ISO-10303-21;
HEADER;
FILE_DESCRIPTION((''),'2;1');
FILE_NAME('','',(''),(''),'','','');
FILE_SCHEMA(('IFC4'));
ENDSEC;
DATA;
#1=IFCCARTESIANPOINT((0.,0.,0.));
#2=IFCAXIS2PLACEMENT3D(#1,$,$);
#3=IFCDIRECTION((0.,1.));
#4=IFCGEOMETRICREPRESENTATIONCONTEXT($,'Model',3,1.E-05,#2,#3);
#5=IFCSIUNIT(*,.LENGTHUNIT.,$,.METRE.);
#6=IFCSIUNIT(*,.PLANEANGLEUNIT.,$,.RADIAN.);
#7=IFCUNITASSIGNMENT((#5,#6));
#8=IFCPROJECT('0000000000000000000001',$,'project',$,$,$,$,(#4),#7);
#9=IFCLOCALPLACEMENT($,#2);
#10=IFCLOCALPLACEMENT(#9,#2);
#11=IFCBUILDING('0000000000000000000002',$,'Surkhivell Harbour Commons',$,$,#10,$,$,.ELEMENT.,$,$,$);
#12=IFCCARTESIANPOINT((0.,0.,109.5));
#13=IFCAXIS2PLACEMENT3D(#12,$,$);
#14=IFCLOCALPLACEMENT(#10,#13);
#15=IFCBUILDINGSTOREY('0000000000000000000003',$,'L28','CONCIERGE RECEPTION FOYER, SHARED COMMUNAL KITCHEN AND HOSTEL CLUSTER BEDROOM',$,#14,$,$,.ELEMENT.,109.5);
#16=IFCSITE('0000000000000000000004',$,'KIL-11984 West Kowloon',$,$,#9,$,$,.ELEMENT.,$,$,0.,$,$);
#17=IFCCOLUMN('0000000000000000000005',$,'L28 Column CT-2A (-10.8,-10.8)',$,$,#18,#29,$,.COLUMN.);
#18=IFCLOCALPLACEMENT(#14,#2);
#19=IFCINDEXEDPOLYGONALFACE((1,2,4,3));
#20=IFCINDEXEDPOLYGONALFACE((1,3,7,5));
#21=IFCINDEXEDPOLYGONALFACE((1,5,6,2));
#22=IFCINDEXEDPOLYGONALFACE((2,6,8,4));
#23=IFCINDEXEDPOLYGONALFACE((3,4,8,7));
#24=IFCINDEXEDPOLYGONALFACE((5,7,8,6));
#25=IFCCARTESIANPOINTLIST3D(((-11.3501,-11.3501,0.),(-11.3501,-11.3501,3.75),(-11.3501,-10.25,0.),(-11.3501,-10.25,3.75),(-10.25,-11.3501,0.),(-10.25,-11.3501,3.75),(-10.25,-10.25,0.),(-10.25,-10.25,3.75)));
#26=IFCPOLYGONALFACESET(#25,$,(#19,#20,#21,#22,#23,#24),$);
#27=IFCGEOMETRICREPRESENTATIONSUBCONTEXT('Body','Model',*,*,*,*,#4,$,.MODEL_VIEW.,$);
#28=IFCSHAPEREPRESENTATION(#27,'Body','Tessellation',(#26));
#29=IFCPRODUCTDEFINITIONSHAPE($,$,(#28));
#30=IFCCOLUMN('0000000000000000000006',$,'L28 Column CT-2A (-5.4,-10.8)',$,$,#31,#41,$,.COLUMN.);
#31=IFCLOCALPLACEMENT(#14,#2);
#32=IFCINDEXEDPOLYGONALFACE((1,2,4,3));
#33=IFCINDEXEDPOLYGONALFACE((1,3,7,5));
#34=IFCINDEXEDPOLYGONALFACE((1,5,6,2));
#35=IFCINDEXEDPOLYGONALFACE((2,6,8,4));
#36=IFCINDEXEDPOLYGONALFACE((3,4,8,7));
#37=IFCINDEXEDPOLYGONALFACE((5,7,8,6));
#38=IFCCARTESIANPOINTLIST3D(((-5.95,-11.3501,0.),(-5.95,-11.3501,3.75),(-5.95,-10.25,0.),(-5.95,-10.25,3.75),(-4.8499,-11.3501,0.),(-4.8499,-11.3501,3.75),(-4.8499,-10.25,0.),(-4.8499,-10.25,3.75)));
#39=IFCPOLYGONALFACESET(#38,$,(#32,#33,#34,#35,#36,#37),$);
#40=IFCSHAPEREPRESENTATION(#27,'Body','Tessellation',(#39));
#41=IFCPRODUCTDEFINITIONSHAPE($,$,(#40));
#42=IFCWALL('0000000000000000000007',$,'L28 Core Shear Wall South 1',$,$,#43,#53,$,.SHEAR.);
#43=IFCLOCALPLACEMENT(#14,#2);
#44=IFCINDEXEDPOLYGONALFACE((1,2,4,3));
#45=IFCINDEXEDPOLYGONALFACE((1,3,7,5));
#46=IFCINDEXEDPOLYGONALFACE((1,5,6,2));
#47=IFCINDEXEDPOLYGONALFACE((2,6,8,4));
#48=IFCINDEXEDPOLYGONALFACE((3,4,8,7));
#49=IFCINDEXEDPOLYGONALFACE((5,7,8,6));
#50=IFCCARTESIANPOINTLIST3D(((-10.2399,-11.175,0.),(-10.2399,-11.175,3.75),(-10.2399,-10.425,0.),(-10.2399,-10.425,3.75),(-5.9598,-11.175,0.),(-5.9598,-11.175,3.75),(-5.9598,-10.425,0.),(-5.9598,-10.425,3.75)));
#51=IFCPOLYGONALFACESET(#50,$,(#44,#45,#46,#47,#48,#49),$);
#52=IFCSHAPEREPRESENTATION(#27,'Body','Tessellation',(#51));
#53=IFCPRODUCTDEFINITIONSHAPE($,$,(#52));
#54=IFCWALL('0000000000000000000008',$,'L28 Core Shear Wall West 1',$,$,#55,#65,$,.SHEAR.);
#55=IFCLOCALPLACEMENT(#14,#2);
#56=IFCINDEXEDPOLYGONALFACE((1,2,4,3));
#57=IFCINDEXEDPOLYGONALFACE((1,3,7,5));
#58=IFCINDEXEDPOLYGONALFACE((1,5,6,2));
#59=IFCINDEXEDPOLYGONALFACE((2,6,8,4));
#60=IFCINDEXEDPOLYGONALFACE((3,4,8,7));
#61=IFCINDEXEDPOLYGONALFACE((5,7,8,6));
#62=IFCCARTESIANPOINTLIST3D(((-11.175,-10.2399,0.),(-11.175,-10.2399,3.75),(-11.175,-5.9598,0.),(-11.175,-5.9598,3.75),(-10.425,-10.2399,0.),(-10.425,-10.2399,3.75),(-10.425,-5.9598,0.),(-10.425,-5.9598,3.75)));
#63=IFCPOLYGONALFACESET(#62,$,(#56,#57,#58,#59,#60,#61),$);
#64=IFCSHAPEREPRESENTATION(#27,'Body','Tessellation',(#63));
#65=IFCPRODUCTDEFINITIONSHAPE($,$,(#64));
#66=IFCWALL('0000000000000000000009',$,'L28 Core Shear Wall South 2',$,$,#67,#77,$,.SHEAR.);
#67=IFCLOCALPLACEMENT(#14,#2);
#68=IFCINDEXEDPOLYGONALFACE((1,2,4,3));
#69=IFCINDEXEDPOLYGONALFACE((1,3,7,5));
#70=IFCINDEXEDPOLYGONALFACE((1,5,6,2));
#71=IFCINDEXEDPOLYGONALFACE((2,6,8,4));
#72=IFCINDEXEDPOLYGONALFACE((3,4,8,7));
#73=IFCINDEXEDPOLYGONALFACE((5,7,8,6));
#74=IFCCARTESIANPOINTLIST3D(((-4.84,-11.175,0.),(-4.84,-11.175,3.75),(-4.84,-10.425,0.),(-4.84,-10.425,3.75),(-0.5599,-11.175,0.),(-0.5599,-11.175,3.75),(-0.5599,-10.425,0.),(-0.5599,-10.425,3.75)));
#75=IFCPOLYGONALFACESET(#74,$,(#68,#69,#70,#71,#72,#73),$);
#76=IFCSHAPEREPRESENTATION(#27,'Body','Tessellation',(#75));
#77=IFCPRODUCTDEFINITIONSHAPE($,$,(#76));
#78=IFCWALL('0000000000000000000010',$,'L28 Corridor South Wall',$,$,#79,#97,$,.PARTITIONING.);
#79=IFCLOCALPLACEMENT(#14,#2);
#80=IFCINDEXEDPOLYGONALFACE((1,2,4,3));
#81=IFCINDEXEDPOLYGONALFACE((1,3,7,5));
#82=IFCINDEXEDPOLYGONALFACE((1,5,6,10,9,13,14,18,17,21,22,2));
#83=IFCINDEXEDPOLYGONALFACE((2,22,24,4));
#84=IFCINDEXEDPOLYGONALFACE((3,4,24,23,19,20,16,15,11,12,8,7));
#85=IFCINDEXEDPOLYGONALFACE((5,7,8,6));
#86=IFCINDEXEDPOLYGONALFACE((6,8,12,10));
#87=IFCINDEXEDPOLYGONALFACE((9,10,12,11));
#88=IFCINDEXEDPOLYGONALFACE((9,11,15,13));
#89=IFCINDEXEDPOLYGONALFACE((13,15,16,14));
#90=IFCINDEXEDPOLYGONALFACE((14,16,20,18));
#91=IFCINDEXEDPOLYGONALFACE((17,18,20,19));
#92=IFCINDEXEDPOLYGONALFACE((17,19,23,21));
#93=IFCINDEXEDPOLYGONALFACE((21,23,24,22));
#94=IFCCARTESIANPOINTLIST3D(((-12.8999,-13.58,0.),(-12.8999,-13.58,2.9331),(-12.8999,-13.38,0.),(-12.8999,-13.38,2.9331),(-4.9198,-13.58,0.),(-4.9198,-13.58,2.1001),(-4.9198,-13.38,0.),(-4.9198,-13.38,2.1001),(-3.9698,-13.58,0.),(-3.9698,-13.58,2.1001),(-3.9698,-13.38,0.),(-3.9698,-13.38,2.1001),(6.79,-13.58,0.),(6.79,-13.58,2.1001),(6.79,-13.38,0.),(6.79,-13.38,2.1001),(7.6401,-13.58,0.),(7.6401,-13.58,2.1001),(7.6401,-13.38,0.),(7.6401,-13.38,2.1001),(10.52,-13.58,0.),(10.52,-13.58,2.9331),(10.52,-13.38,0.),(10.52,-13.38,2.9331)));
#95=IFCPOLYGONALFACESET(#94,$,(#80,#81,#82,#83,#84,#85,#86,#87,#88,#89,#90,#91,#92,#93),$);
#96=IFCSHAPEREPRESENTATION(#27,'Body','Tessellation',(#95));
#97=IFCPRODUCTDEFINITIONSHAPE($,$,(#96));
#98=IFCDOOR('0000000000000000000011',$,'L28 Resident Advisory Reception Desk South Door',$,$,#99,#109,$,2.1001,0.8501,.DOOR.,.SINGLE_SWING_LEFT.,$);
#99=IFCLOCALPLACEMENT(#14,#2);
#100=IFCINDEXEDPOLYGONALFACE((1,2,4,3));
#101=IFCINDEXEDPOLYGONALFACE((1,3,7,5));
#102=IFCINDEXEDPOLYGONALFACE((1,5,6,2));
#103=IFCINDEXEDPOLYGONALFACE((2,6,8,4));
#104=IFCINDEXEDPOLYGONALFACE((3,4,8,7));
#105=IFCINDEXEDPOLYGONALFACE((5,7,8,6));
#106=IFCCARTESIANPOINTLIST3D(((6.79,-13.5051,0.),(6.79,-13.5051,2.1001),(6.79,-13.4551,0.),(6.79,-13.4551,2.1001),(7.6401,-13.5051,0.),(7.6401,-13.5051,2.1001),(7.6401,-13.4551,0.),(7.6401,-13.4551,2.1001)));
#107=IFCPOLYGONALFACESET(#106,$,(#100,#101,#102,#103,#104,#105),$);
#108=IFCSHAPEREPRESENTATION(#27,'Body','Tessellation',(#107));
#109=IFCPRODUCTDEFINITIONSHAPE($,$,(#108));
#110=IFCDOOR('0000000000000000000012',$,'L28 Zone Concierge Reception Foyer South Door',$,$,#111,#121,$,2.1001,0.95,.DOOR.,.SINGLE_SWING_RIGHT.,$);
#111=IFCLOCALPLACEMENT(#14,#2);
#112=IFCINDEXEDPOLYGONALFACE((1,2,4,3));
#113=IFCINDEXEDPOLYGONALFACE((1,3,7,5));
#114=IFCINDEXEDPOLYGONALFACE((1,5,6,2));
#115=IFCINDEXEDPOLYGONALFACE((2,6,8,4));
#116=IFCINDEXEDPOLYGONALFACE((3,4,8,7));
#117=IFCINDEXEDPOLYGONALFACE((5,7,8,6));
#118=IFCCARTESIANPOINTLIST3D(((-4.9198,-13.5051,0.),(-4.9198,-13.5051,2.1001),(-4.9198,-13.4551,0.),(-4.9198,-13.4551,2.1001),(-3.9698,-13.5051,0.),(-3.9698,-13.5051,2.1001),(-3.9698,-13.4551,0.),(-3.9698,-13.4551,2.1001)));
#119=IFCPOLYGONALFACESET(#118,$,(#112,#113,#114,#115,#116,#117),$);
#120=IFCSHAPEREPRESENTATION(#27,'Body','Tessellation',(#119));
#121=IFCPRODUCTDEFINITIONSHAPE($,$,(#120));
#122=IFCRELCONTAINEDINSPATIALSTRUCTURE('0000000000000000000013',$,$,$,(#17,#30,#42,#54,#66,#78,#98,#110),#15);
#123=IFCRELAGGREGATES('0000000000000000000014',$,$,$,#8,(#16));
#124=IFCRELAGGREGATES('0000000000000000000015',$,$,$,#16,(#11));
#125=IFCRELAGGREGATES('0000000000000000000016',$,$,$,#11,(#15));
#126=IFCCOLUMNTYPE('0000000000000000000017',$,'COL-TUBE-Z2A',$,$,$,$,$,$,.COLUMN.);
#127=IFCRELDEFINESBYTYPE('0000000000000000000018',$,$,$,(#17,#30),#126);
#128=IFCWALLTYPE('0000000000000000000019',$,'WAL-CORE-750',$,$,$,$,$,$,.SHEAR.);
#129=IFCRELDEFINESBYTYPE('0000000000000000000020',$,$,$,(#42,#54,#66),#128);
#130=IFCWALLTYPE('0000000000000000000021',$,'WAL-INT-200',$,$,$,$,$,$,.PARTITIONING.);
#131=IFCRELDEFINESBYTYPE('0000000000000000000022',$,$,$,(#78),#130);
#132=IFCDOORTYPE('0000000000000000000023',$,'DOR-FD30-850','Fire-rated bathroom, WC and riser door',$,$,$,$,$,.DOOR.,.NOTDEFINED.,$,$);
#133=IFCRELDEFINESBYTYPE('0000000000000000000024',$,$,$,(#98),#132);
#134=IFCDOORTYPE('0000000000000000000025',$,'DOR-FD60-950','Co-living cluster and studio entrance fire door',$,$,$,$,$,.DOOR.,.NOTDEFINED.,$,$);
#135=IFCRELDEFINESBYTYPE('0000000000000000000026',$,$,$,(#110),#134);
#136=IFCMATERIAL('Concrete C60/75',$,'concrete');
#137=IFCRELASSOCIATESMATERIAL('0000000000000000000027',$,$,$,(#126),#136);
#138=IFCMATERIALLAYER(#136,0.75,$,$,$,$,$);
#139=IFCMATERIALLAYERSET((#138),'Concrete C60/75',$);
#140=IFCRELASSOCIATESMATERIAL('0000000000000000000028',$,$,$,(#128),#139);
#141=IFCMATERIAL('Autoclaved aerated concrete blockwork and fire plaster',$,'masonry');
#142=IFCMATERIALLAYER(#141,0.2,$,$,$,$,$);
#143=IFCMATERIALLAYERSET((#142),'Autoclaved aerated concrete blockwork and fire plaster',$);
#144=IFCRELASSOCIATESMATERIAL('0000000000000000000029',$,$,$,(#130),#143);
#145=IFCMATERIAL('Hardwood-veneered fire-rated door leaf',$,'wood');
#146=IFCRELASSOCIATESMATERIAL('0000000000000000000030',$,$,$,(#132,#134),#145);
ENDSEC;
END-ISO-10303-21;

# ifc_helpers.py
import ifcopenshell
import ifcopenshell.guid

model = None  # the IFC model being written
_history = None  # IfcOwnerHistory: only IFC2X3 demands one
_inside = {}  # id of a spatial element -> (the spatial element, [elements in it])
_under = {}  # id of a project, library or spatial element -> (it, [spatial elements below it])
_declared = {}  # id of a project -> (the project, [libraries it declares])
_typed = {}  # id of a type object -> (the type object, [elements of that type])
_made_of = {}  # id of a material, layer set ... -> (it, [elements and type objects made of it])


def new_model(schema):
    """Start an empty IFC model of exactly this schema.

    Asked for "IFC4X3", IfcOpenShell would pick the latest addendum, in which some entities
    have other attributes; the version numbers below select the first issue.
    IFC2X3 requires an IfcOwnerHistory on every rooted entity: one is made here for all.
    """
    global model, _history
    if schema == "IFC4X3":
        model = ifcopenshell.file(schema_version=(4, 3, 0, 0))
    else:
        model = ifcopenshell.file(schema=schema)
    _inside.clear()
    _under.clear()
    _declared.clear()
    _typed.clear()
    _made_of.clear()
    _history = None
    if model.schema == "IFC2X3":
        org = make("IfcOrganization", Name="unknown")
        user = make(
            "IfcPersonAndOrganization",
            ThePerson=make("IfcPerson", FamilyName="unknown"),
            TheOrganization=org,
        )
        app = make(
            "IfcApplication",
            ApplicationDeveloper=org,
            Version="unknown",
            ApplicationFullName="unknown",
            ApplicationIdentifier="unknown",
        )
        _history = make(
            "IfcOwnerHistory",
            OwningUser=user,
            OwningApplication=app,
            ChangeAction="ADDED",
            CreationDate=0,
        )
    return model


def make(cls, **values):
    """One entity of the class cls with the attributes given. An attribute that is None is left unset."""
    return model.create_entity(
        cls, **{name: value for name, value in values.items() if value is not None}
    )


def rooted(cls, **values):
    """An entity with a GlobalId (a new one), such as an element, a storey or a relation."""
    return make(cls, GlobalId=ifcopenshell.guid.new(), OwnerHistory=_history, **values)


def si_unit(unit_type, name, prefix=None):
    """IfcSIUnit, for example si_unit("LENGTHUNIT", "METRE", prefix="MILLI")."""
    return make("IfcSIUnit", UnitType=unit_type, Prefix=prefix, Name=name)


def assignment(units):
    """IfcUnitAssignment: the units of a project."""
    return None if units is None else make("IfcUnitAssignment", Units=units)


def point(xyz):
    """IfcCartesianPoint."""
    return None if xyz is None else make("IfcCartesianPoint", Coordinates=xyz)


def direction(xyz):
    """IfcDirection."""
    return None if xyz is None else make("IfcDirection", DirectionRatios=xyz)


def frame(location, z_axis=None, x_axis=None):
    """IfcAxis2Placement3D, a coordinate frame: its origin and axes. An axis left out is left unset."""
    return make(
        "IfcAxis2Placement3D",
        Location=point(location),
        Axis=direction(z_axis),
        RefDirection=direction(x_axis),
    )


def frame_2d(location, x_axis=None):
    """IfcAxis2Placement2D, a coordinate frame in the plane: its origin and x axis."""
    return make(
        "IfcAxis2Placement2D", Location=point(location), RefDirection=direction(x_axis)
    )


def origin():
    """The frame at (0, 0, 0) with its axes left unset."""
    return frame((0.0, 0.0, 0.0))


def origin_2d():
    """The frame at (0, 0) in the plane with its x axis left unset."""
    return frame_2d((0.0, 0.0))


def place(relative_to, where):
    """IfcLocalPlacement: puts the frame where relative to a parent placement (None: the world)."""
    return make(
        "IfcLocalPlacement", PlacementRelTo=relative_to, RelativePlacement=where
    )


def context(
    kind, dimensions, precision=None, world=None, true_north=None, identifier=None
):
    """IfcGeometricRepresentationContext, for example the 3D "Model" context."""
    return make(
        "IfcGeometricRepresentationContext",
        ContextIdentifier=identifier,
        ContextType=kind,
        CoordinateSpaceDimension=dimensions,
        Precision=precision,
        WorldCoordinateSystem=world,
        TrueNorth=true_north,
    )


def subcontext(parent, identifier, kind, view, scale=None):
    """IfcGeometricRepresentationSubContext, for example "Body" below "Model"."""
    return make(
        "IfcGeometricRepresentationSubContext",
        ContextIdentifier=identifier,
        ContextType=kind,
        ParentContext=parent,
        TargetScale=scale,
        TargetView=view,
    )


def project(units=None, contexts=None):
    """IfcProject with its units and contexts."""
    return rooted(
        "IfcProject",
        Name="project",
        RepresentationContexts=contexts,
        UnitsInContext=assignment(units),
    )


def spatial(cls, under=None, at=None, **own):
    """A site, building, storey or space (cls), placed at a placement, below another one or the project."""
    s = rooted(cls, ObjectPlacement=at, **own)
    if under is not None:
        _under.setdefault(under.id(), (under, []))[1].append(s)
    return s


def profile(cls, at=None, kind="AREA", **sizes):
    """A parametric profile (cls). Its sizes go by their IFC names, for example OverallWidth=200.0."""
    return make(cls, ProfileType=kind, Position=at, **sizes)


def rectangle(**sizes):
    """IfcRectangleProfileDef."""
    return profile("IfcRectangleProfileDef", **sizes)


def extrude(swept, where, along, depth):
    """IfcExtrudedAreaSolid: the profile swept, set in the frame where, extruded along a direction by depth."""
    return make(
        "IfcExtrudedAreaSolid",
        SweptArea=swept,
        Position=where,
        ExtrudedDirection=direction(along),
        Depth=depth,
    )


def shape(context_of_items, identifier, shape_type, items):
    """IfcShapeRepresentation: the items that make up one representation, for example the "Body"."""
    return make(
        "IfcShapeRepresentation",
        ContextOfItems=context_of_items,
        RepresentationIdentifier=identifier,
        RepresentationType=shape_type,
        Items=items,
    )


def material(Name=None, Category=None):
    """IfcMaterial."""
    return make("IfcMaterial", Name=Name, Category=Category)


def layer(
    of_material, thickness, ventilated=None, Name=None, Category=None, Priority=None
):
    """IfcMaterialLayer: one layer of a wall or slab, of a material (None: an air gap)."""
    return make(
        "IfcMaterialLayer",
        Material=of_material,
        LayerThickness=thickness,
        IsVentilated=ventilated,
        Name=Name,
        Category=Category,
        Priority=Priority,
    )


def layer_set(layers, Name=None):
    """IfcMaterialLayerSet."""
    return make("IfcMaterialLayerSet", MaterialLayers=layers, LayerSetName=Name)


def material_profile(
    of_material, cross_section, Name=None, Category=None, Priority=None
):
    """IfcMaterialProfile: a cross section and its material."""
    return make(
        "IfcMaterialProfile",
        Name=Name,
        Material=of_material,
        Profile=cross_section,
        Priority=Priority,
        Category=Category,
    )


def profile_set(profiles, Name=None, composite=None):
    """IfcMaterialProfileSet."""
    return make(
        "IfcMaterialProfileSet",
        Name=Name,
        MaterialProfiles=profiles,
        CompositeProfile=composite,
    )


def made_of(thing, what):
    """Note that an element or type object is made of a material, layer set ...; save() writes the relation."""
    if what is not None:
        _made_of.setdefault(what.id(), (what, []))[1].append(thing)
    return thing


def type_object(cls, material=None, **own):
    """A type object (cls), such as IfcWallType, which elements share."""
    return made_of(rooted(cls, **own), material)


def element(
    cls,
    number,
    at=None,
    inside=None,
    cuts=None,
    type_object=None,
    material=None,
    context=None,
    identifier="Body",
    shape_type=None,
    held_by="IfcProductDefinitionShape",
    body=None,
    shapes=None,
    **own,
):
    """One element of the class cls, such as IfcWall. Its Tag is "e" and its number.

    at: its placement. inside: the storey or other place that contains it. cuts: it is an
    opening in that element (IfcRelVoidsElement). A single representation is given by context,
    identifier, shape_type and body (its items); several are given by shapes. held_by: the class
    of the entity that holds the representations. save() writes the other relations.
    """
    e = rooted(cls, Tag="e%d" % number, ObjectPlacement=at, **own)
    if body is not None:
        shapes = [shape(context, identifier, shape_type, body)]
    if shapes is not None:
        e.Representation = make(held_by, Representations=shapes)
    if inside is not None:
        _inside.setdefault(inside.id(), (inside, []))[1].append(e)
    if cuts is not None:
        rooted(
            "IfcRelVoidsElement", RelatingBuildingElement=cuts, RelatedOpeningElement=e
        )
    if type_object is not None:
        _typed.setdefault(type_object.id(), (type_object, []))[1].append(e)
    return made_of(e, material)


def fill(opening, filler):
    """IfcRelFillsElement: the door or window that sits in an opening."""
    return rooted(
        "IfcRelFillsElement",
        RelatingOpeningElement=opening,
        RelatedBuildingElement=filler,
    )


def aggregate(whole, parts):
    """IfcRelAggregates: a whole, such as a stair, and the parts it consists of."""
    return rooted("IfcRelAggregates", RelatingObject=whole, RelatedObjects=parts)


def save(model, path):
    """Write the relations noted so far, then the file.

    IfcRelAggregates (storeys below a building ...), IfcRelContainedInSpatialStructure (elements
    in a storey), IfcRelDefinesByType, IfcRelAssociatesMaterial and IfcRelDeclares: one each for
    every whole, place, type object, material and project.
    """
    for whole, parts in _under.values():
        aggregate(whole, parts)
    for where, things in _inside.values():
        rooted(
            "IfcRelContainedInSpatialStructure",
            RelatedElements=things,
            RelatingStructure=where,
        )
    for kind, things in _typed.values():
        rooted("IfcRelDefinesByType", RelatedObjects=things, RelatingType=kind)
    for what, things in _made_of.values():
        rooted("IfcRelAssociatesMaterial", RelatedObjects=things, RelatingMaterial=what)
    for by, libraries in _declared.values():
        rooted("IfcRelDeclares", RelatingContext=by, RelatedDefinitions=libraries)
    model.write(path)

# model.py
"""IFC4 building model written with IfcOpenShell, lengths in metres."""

from ifc_helpers import new_model, si_unit, direction, frame, frame_2d, origin, origin_2d, place, context, subcontext, project, spatial, rectangle, extrude, material, layer, layer_set, material_profile, profile_set, type_object, element, fill, save


model = new_model("IFC4")

# Units and contexts
model_context = context("Model", 3, precision=1e-05, world=origin(), true_north=direction((0.0, 1.0)))
body_context = subcontext(model_context, "Body", "Model", "MODEL_VIEW")
ifc_project = project(units=[si_unit("LENGTHUNIT", "METRE"), si_unit("PLANEANGLEUNIT", "RADIAN")], contexts=[model_context])

# Site, building, storey
site_placement = place(None, origin())
site = spatial("IfcSite", under=ifc_project, at=site_placement, Name="KIL-11984 West Kowloon", CompositionType="ELEMENT", RefElevation=0.0)
building_placement = place(site_placement, origin())
building = spatial("IfcBuilding", under=site, at=building_placement, Name="Surkhivell Harbour Commons", CompositionType="ELEMENT")
storey_placement = place(building_placement, frame((0.0, 0.0, 109.5)))
storey = spatial("IfcBuildingStorey", under=building, at=storey_placement, Name="L28", Description="CONCIERGE RECEPTION FOYER, SHARED COMMUNAL KITCHEN AND HOSTEL CLUSTER BEDROOM", CompositionType="ELEMENT", Elevation=109.5)

# Columns
ifc_material_1 = material(Name="Concrete C60/75", Category="concrete")
ifc_material_profile = material_profile(ifc_material_1, rectangle(XDim=1.1001, YDim=1.1001, at=origin_2d()), Name="RC-COL-1100x1100")
ifc_profile_set = profile_set([ifc_material_profile], Name="Concrete C60/75")
column_type = type_object("IfcColumnType", Name="COL-TUBE-Z2A", PredefinedType="COLUMN", material=ifc_profile_set)
for number, where, z_axis, x_axis, name in (
    (1, (-10.8, -10.8, 0.0), (0.0, 0.0, 1.0), (1.0, 0.0, 0.0), "L28 Column CT-2A (-10.8,-10.8)"),
    (2, (-5.3999, -10.8, 0.0), (0.0, 0.0, 1.0), (1.0, 0.0, 0.0), "L28 Column CT-2A (-5.4,-10.8)"),
):
    element("IfcColumn", number, at=place(storey_placement, frame(where, z_axis=z_axis, x_axis=x_axis)), inside=storey, type_object=column_type, Name=name, PredefinedType="COLUMN", context=body_context, shape_type="SweptSolid", body=[
        extrude(rectangle(XDim=1.1001, YDim=1.1001, at=origin_2d()), origin(), (0.0, 0.0, 1.0), 3.75),
    ])

# Walls
ifc_layer_1 = layer(ifc_material_1, 0.75)
ifc_layer_set_1 = layer_set([ifc_layer_1], Name="Concrete C60/75")
wall_type_1 = type_object("IfcWallType", Name="WAL-CORE-750", PredefinedType="SHEAR", material=ifc_layer_set_1)
for number, where, z_axis, x_axis, name in (
    (3, (-10.24, -10.8, 0.0), (0.0, 0.0, 1.0), (1.0, 0.0, 0.0), "L28 Core Shear Wall South 1"),
    (4, (-10.8, -10.24, 0.0), (0.0, 0.0, 1.0), (0.0, 1.0, 0.0), "L28 Core Shear Wall West 1"),
    (5, (-4.8401, -10.8, 0.0), (0.0, 0.0, 1.0), (1.0, 0.0, 0.0), "L28 Core Shear Wall South 2"),
):
    element("IfcWall", number, at=place(storey_placement, frame(where, z_axis=z_axis, x_axis=x_axis)), inside=storey, type_object=wall_type_1, Name=name, PredefinedType="SHEAR", context=body_context, shape_type="SweptSolid", body=[
        extrude(rectangle(XDim=4.28, YDim=0.75, at=frame_2d((2.1401, 0.0))), origin(), (0.0, 0.0, 1.0), 3.75),
    ])

# Wall, openings, doors
ifc_material_2 = material(Name="Autoclaved aerated concrete blockwork and fire plaster", Category="masonry")
ifc_layer_2 = layer(ifc_material_2, 0.2)
ifc_layer_set_2 = layer_set([ifc_layer_2], Name="Autoclaved aerated concrete blockwork and fire plaster")
wall_type_2 = type_object("IfcWallType", Name="WAL-INT-200", PredefinedType="PARTITIONING", material=ifc_layer_set_2)
wall_1_placement = place(storey_placement, frame((-12.8999, -13.48, 0.0), z_axis=(0.0, 0.0, 1.0), x_axis=(1.0, 0.0, 0.0)))
wall_1 = element("IfcWall", 6, at=wall_1_placement, inside=storey, type_object=wall_type_2, Name="L28 Corridor South Wall", PredefinedType="PARTITIONING", context=body_context, shape_type="SweptSolid", body=[
    extrude(rectangle(XDim=23.4199, YDim=0.2, at=frame_2d((11.71, 0.0))), origin(), (0.0, 0.0, 1.0), 2.9331),
])
opening_1_placement = place(wall_1_placement, frame((7.98, 0.0, 0.0)))
opening_1 = element("IfcOpeningElement", 7, at=opening_1_placement, cuts=wall_1, PredefinedType="OPENING", context=body_context, shape_type="SweptSolid", body=[
    extrude(rectangle(XDim=0.95, YDim=2.1001, at=frame_2d((0.4751, 1.05))), frame((0.0, 0.1099, 0.0), z_axis=(0.0, -1.0, 0.0), x_axis=(1.0, 0.0, 0.0)), (0.0, 0.0, 1.0), 0.22),
])
opening_2_placement = place(wall_1_placement, frame((19.6899, 0.0, 0.0)))
opening_2 = element("IfcOpeningElement", 8, at=opening_2_placement, cuts=wall_1, PredefinedType="OPENING", context=body_context, shape_type="SweptSolid", body=[
    extrude(rectangle(XDim=0.8501, YDim=2.1001, at=frame_2d((0.425, 1.05))), frame((0.0, 0.1099, 0.0), z_axis=(0.0, -1.0, 0.0), x_axis=(1.0, 0.0, 0.0)), (0.0, 0.0, 1.0), 0.22),
])
ifc_material_3 = material(Name="Hardwood-veneered fire-rated door leaf", Category="wood")
door_type_1 = type_object("IfcDoorType", Name="DOR-FD30-850", Description="Fire-rated bathroom, WC and riser door", OperationType="NOTDEFINED", PredefinedType="DOOR", material=ifc_material_3)
door_1_placement = place(opening_2_placement, origin())
door_1 = element("IfcDoor", 9, at=door_1_placement, inside=storey, type_object=door_type_1, Name="L28 Resident Advisory Reception Desk South Door", OperationType="SINGLE_SWING_LEFT", OverallHeight=2.1001, OverallWidth=0.8501, PredefinedType="DOOR", context=body_context, shape_type="SweptSolid", body=[
    extrude(rectangle(XDim=0.8501, YDim=2.1001, at=frame_2d((0.425, 1.05))), frame((0.0, 0.0249, 0.0), z_axis=(0.0, -1.0, 0.0), x_axis=(1.0, 0.0, 0.0)), (0.0, 0.0, 1.0), 0.05),
])
fill(opening_2, door_1)
door_type_2 = type_object("IfcDoorType", Name="DOR-FD60-950", Description="Co-living cluster and studio entrance fire door", OperationType="NOTDEFINED", PredefinedType="DOOR", material=ifc_material_3)
door_2_placement = place(opening_1_placement, origin())
door_2 = element("IfcDoor", 10, at=door_2_placement, inside=storey, type_object=door_type_2, Name="L28 Zone Concierge Reception Foyer South Door", OperationType="SINGLE_SWING_RIGHT", OverallHeight=2.1001, OverallWidth=0.95, PredefinedType="DOOR", context=body_context, shape_type="SweptSolid", body=[
    extrude(rectangle(XDim=0.95, YDim=2.1001, at=frame_2d((0.4751, 1.05))), frame((0.0, 0.0249, 0.0), z_axis=(0.0, -1.0, 0.0), x_axis=(1.0, 0.0, 0.0)), (0.0, 0.0, 1.0), 0.05),
])
fill(opening_1, door_2)

save(model, "model.ifc")
